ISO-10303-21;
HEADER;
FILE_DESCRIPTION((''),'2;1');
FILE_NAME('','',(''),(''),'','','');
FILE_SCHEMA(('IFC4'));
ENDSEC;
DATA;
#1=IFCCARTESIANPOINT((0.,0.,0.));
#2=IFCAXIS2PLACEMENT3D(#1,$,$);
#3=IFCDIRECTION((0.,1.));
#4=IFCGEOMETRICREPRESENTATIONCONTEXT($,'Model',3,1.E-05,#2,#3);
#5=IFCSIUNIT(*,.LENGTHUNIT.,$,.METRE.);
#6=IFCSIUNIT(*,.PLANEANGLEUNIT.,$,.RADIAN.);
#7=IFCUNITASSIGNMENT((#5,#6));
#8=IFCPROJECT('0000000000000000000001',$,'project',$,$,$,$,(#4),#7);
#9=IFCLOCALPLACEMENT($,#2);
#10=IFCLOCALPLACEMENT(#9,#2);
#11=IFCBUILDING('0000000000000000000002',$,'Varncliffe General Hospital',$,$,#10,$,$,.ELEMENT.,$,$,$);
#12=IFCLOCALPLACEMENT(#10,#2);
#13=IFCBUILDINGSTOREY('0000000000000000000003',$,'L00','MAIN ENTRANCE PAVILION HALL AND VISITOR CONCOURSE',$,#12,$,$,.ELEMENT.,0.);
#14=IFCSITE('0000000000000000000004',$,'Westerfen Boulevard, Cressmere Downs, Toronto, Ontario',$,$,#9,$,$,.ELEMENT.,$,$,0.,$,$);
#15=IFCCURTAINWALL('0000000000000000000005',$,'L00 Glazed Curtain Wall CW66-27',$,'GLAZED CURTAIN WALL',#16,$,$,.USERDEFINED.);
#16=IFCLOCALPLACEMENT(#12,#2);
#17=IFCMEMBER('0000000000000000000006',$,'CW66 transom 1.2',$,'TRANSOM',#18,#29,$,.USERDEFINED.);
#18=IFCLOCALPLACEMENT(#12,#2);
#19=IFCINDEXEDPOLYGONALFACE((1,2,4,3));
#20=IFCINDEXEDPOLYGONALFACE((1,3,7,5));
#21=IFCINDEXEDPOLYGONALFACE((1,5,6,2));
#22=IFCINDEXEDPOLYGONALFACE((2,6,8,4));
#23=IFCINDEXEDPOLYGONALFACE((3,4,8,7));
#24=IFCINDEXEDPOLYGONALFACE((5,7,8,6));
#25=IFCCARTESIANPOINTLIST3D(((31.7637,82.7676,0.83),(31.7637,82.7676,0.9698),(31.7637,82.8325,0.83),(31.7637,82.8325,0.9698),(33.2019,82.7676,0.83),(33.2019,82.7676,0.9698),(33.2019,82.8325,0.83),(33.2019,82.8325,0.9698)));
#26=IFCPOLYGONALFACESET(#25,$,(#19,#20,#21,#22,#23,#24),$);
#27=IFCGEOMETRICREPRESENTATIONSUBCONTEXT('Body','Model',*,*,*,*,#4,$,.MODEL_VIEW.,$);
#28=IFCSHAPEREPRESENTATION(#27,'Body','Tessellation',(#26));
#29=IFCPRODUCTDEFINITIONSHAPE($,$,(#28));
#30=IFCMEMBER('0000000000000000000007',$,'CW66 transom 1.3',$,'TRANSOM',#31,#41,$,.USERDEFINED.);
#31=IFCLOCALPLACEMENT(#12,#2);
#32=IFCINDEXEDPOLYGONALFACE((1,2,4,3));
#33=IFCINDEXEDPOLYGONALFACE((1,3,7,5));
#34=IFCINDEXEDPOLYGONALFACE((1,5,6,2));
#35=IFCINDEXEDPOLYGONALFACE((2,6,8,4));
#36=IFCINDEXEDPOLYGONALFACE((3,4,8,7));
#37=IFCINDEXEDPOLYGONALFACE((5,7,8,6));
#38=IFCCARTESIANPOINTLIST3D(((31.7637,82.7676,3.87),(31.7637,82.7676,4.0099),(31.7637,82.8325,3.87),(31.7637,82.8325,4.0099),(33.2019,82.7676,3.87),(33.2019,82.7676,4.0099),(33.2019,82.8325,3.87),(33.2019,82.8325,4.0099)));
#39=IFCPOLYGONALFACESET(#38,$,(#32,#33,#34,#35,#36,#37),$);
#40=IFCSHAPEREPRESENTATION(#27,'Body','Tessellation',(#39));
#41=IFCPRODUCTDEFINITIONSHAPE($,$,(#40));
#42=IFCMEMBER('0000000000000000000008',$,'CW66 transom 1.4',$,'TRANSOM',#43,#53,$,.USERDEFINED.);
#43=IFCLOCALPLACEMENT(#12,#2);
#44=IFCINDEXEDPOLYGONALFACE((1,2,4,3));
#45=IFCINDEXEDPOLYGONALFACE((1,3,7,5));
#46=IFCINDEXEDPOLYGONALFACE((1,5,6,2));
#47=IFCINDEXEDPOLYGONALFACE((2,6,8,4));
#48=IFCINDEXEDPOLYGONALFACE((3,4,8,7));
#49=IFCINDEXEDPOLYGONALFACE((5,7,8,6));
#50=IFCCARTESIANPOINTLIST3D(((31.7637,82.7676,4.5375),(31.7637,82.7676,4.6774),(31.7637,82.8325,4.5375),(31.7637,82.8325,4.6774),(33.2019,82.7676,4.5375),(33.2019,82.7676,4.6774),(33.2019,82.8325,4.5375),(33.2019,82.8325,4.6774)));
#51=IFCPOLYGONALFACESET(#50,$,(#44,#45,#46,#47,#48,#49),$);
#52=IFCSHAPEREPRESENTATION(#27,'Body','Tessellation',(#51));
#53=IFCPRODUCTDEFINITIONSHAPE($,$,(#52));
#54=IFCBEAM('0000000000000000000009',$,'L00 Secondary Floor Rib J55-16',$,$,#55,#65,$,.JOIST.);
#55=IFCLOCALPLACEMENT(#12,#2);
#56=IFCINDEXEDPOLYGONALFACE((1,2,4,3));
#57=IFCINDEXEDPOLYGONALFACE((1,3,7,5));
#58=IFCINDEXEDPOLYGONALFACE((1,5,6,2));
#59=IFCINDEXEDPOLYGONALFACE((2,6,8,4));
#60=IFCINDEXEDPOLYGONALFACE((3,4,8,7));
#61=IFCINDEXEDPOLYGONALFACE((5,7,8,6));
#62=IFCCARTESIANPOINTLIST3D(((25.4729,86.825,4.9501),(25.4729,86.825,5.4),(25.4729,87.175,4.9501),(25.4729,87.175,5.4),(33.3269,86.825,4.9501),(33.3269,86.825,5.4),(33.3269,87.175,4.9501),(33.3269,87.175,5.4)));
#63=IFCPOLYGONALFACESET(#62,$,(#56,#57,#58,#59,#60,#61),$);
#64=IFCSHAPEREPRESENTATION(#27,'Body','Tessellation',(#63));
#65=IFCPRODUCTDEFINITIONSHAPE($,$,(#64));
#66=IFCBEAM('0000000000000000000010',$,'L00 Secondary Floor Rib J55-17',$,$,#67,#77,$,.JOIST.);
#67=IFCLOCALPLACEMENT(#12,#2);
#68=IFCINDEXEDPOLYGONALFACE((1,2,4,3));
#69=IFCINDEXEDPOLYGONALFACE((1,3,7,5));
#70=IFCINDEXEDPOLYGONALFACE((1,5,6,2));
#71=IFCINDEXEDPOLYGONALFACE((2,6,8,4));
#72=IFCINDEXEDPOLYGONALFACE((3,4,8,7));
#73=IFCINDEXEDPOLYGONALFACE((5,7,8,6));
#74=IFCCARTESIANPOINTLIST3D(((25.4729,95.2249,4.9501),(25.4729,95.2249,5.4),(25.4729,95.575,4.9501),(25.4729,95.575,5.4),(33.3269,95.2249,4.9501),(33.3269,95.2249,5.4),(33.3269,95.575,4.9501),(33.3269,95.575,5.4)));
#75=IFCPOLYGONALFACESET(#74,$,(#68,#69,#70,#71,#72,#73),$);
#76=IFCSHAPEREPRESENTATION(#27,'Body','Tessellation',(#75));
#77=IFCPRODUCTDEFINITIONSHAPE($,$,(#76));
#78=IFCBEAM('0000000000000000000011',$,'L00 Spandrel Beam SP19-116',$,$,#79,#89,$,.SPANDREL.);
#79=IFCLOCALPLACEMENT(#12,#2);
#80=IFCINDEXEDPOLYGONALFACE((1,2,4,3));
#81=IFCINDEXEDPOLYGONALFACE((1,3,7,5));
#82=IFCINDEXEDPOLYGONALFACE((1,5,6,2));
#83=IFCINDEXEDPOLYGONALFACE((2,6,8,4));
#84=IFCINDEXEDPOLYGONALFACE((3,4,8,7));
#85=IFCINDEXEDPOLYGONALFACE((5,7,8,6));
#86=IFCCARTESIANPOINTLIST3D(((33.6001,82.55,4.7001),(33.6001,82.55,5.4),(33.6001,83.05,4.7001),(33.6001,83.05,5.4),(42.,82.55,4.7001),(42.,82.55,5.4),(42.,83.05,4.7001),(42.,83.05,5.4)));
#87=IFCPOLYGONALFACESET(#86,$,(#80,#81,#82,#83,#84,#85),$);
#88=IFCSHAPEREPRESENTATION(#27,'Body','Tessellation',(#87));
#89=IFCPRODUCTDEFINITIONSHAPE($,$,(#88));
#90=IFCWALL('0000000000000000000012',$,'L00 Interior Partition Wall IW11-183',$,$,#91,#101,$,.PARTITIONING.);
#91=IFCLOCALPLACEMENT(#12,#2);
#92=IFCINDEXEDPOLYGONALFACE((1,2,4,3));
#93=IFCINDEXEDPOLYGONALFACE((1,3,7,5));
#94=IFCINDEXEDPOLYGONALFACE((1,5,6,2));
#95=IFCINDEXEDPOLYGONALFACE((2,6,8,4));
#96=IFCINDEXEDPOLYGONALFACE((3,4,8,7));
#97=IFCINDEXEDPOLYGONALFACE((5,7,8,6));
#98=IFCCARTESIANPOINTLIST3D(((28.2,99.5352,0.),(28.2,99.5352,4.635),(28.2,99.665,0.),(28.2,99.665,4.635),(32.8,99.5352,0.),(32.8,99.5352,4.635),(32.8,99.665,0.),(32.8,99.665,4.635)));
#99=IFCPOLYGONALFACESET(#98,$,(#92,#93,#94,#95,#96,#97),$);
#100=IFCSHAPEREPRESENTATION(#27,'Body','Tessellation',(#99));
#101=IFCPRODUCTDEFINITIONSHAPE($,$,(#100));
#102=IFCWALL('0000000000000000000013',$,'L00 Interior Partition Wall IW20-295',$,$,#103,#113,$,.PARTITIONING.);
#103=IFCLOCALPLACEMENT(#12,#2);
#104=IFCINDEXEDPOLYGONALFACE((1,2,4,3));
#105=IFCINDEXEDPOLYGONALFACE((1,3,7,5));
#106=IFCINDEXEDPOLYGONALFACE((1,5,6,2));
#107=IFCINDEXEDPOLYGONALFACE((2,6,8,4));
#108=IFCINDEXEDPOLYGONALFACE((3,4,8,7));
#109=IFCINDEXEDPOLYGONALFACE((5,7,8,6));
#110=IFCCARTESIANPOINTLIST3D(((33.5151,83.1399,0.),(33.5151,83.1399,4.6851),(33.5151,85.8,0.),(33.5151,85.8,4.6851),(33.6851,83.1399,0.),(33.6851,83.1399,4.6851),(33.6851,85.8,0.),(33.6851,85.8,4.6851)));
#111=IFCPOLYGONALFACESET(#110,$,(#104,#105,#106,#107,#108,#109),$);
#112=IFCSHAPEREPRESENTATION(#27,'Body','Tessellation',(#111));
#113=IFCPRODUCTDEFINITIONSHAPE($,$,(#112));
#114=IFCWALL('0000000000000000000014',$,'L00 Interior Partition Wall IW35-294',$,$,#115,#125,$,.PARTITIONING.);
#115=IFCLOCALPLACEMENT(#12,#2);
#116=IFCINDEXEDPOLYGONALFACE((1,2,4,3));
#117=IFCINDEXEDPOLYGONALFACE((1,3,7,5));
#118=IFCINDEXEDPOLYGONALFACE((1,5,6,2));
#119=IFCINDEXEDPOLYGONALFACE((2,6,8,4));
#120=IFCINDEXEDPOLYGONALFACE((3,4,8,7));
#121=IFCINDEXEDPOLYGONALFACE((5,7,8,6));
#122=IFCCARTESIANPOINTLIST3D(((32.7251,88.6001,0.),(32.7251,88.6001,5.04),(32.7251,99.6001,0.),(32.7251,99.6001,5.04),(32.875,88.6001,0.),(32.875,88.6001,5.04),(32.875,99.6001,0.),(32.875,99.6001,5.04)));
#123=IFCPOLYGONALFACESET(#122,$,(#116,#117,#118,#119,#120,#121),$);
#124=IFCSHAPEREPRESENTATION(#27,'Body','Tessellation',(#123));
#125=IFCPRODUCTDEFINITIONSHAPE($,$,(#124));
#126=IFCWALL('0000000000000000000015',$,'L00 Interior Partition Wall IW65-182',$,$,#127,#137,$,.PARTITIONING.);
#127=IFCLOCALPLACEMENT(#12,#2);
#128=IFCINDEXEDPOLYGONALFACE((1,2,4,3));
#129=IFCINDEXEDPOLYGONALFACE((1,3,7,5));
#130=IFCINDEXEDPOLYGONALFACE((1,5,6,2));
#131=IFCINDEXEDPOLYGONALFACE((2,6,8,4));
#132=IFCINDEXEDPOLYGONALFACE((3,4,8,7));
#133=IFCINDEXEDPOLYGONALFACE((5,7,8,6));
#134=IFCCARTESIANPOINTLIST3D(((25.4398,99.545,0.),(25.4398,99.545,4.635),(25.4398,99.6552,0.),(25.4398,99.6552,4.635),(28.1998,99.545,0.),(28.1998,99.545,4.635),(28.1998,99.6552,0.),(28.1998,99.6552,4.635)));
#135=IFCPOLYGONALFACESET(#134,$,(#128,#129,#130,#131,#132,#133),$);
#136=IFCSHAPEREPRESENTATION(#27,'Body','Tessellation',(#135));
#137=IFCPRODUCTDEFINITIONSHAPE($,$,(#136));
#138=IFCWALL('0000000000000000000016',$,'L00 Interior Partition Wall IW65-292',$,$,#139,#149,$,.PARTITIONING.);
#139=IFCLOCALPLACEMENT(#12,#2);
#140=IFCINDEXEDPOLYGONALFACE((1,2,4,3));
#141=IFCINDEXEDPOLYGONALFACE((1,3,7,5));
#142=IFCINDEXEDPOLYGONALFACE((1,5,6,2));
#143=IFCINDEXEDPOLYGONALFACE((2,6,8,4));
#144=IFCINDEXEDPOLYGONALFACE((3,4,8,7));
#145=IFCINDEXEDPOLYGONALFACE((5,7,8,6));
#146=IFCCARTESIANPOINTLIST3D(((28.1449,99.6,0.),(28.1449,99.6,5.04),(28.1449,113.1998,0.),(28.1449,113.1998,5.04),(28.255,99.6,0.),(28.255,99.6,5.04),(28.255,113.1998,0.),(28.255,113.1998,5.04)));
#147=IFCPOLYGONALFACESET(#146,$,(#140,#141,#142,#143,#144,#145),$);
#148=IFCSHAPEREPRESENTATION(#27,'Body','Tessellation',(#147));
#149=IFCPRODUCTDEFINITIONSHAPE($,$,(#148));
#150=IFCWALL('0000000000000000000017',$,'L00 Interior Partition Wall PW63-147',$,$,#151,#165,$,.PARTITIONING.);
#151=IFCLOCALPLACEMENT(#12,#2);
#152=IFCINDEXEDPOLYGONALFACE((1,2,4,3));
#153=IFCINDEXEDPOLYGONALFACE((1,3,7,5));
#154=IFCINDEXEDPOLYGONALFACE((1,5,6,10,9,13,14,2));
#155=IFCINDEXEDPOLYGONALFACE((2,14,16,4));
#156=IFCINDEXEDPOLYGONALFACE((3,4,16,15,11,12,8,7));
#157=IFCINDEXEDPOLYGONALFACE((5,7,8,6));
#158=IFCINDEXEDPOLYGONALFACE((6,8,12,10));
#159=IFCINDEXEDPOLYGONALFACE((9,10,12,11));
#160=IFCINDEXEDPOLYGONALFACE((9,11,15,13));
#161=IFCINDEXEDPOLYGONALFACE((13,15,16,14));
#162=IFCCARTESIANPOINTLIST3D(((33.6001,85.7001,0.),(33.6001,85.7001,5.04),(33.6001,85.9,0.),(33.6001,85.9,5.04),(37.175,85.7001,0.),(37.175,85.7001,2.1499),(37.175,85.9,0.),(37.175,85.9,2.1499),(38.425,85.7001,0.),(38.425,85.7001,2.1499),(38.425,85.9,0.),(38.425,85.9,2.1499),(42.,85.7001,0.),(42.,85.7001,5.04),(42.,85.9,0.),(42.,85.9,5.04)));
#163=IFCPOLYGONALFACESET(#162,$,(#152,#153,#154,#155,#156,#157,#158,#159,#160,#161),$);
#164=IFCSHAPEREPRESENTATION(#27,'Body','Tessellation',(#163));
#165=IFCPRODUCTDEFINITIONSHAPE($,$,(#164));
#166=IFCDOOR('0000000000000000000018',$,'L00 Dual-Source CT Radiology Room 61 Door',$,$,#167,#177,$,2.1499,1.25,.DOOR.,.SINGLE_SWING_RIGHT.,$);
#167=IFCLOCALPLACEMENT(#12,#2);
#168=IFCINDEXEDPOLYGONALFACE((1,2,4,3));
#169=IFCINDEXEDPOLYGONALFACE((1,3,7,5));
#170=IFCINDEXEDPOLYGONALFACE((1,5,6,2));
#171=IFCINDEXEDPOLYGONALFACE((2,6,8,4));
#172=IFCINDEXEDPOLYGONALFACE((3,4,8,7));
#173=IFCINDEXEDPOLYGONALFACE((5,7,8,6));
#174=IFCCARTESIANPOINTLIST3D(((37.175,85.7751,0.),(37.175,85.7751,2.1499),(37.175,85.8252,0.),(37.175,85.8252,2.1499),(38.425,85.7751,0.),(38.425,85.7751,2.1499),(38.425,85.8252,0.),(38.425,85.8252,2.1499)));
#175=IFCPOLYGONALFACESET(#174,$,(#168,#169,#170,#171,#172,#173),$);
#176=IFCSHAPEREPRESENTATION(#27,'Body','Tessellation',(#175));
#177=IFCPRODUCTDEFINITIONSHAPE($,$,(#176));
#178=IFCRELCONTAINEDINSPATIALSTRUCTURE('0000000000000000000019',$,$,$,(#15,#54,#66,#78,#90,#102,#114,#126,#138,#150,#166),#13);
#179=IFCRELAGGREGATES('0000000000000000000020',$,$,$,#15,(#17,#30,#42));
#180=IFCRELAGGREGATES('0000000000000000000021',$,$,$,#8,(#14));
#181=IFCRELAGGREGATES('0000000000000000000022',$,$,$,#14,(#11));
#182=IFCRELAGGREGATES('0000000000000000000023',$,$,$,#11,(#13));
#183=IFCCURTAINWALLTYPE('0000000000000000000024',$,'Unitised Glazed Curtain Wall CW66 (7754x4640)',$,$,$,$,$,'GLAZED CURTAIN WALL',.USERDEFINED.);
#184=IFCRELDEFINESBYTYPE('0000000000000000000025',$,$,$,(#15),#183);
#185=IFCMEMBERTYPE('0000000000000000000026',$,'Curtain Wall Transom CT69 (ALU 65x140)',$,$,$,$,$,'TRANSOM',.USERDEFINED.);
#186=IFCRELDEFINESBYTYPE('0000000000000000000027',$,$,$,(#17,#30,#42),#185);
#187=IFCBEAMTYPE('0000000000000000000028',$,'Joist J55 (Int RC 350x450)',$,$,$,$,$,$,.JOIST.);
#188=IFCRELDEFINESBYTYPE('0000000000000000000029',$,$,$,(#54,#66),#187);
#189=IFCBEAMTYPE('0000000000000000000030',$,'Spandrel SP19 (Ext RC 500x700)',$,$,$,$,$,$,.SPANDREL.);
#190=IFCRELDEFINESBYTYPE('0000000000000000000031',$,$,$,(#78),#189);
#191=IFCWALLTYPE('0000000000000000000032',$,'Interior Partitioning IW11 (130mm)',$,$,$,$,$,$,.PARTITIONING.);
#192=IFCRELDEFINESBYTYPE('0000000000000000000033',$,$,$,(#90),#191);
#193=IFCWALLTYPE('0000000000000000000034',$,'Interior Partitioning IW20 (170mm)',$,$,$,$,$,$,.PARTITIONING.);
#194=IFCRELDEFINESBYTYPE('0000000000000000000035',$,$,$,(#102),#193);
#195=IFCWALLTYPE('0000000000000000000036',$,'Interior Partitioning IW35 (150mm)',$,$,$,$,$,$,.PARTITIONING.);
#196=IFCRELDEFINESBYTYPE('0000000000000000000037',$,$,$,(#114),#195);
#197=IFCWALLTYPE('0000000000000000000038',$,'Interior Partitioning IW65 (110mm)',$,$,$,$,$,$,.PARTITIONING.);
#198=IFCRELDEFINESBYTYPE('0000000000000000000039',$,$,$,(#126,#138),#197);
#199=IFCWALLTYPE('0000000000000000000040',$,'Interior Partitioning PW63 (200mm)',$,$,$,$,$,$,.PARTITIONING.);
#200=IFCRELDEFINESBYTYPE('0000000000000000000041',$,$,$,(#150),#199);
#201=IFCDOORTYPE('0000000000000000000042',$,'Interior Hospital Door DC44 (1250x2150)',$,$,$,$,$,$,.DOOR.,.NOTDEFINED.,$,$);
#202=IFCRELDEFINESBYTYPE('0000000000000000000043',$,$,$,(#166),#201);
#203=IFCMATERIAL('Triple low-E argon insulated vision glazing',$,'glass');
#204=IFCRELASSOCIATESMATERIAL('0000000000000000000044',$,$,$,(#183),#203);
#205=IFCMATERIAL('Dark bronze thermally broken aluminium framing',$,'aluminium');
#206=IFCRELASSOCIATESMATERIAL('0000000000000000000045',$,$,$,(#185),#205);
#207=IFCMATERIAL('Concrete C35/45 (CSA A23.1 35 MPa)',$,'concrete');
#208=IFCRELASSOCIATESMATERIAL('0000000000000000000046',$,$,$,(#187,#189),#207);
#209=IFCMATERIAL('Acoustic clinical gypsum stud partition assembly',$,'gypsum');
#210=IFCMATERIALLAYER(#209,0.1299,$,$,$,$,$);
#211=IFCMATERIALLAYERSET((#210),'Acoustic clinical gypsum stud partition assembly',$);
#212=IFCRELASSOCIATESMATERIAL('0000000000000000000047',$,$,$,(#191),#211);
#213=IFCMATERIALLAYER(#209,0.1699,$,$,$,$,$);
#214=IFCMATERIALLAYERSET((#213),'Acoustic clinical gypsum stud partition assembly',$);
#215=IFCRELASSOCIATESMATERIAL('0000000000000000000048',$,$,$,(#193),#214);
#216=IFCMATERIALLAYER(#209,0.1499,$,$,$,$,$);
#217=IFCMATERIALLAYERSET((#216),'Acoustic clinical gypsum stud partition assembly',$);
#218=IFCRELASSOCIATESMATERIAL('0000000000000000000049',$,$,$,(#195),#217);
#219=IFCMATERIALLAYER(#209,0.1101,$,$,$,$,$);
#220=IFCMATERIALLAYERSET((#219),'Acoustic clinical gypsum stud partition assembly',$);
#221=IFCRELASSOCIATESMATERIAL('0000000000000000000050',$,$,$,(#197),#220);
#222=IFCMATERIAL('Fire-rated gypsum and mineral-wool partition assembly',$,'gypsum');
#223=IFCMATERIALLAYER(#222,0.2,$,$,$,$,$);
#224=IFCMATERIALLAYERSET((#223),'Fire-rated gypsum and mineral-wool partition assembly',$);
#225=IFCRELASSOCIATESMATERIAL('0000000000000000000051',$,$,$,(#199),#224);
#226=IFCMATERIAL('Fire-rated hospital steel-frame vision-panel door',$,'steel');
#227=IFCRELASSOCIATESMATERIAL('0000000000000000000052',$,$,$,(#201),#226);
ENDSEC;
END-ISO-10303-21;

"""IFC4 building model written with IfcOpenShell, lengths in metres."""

from ifc_helpers import new_model, si_unit, direction, frame, frame_2d, origin, origin_2d, place, context, subcontext, project, spatial, rectangle, extrude, material, layer, layer_set, material_profile, profile_set, type_object, element, fill, aggregate, save


model = new_model("IFC4")

# Units and contexts
model_context = context("Model", 3, precision=1e-05, world=origin(), true_north=direction((0.0, 1.0)))
body_context = subcontext(model_context, "Body", "Model", "MODEL_VIEW")
ifc_project = project(units=[si_unit("LENGTHUNIT", "METRE"), si_unit("PLANEANGLEUNIT", "RADIAN")], contexts=[model_context])

# Site, building, storey
site_placement = place(None, origin())
site = spatial("IfcSite", under=ifc_project, at=site_placement, Name="Westerfen Boulevard, Cressmere Downs, Toronto, Ontario", CompositionType="ELEMENT", RefElevation=0.0)
building_placement = place(site_placement, origin())
building = spatial("IfcBuilding", under=site, at=building_placement, Name="Varncliffe General Hospital", CompositionType="ELEMENT")
storey_placement = place(building_placement, origin())
storey = spatial("IfcBuildingStorey", under=building, at=storey_placement, Name="L00", Description="MAIN ENTRANCE PAVILION HALL AND VISITOR CONCOURSE", CompositionType="ELEMENT", Elevation=0.0)

# Shared definitions
ifc_material_1 = material(Name="Concrete C35/45 (CSA A23.1 35 MPa)", Category="concrete")

# Curtain wall, members
ifc_material_2 = material(Name="Triple low-E argon insulated vision glazing", Category="glass")
curtain_wall_type = type_object("IfcCurtainWallType", Name="Unitised Glazed Curtain Wall CW66 (7754x4640)", ElementType="GLAZED CURTAIN WALL", PredefinedType="USERDEFINED", material=ifc_material_2)
curtain_wall_placement = place(storey_placement, origin())
curtain_wall = element("IfcCurtainWall", 1, at=curtain_wall_placement, inside=storey, type_object=curtain_wall_type, Name="L00 Glazed Curtain Wall CW66-27", ObjectType="GLAZED CURTAIN WALL", PredefinedType="USERDEFINED")
ifc_material_3 = material(Name="Dark bronze thermally broken aluminium framing", Category="aluminium")
ifc_material_profile_1 = material_profile(ifc_material_3, rectangle(XDim=0.0649, YDim=0.1399, at=origin_2d()), Name="ALU 65x140")
ifc_profile_set_1 = profile_set([ifc_material_profile_1], Name="Dark bronze thermally broken aluminium framing")
member_type_1 = type_object("IfcMemberType", Name="Curtain Wall Transom CT69 (ALU 65x140)", ElementType="TRANSOM", PredefinedType="USERDEFINED", material=ifc_profile_set_1)
member_1_placement = place(storey_placement, frame((33.2019, 82.8, 0.8999), z_axis=(-1.0, 0.0, 0.0), x_axis=(0.0, -1.0, 0.0)))
member_1 = element("IfcMember", 2, at=member_1_placement, type_object=member_type_1, Name="CW66 transom 1.2", ObjectType="TRANSOM", PredefinedType="USERDEFINED", context=body_context, shape_type="SweptSolid", body=[
    extrude(rectangle(XDim=0.0649, YDim=0.1399, at=origin_2d()), origin(), (0.0, 0.0, 1.0), 1.4382),
])
member_2_placement = place(storey_placement, frame((33.2019, 82.8, 3.9399), z_axis=(-1.0, 0.0, 0.0), x_axis=(0.0, -1.0, 0.0)))
member_2 = element("IfcMember", 3, at=member_2_placement, type_object=member_type_1, Name="CW66 transom 1.3", ObjectType="TRANSOM", PredefinedType="USERDEFINED", context=body_context, shape_type="SweptSolid", body=[
    extrude(rectangle(XDim=0.0649, YDim=0.1399, at=origin_2d()), origin(), (0.0, 0.0, 1.0), 1.4382),
])
member_3_placement = place(storey_placement, frame((33.2019, 82.8, 4.6074), z_axis=(-1.0, 0.0, 0.0), x_axis=(0.0, -1.0, 0.0)))
member_3 = element("IfcMember", 4, at=member_3_placement, type_object=member_type_1, Name="CW66 transom 1.4", ObjectType="TRANSOM", PredefinedType="USERDEFINED", context=body_context, shape_type="SweptSolid", body=[
    extrude(rectangle(XDim=0.0649, YDim=0.1399, at=origin_2d()), origin(), (0.0, 0.0, 1.0), 1.4382),
])
aggregate(curtain_wall, [member_1, member_2, member_3])

# Beams
ifc_material_profile_2 = material_profile(ifc_material_1, rectangle(XDim=0.3501, YDim=0.45, at=origin_2d()), Name="RC 350x450")
ifc_profile_set_2 = profile_set([ifc_material_profile_2], Name="Concrete C35/45 (CSA A23.1 35 MPa)")
beam_type_1 = type_object("IfcBeamType", Name="Joist J55 (Int RC 350x450)", PredefinedType="JOIST", material=ifc_profile_set_2)
for number, where, z_axis, x_axis, name in (
    (5, (25.4729, 87.0, 5.175), (1.0, 0.0, 0.0), (0.0, 1.0, 0.0), "L00 Secondary Floor Rib J55-16"),
    (6, (25.4729, 95.3999, 5.175), (1.0, 0.0, 0.0), (0.0, 1.0, 0.0), "L00 Secondary Floor Rib J55-17"),
):
    element("IfcBeam", number, at=place(storey_placement, frame(where, z_axis=z_axis, x_axis=x_axis)), inside=storey, type_object=beam_type_1, Name=name, PredefinedType="JOIST", context=body_context, shape_type="SweptSolid", body=[
        extrude(rectangle(XDim=0.3501, YDim=0.45, at=origin_2d()), origin(), (0.0, 0.0, 1.0), 7.854),
    ])
ifc_material_profile_3 = material_profile(ifc_material_1, rectangle(XDim=0.5, YDim=0.7, at=origin_2d()), Name="RC 500x700")
ifc_profile_set_3 = profile_set([ifc_material_profile_3], Name="Concrete C35/45 (CSA A23.1 35 MPa)")
beam_type_2 = type_object("IfcBeamType", Name="Spandrel SP19 (Ext RC 500x700)", PredefinedType="SPANDREL", material=ifc_profile_set_3)
beam_1_placement = place(storey_placement, frame((33.6001, 82.8, 5.05), z_axis=(1.0, 0.0, 0.0), x_axis=(0.0, 1.0, 0.0)))
element("IfcBeam", 7, at=beam_1_placement, inside=storey, type_object=beam_type_2, Name="L00 Spandrel Beam SP19-116", PredefinedType="SPANDREL", context=body_context, shape_type="SweptSolid", body=[
    extrude(rectangle(XDim=0.5, YDim=0.7, at=origin_2d()), origin(), (0.0, 0.0, 1.0), 8.3999),
])

# Walls
ifc_material_4 = material(Name="Acoustic clinical gypsum stud partition assembly", Category="gypsum")
ifc_layer_1 = layer(ifc_material_4, 0.1299)
ifc_layer_set_1 = layer_set([ifc_layer_1], Name="Acoustic clinical gypsum stud partition assembly")
wall_type_1 = type_object("IfcWallType", Name="Interior Partitioning IW11 (130mm)", PredefinedType="PARTITIONING", material=ifc_layer_set_1)
wall_1_placement = place(storey_placement, frame((28.2, 99.6001, 0.0), z_axis=(0.0, 0.0, 1.0), x_axis=(1.0, 0.0, 0.0)))
element("IfcWall", 8, at=wall_1_placement, inside=storey, type_object=wall_type_1, Name="L00 Interior Partition Wall IW11-183", PredefinedType="PARTITIONING", context=body_context, shape_type="SweptSolid", body=[
    extrude(rectangle(XDim=4.6001, YDim=0.1299, at=frame_2d((2.3, 0.0))), origin(), (0.0, 0.0, 1.0), 4.635),
])
ifc_layer_2 = layer(ifc_material_4, 0.1699)
ifc_layer_set_2 = layer_set([ifc_layer_2], Name="Acoustic clinical gypsum stud partition assembly")
wall_type_2 = type_object("IfcWallType", Name="Interior Partitioning IW20 (170mm)", PredefinedType="PARTITIONING", material=ifc_layer_set_2)
wall_2_placement = place(storey_placement, frame((33.6001, 83.1399, 0.0), z_axis=(0.0, 0.0, 1.0), x_axis=(0.0, 1.0, 0.0)))
element("IfcWall", 9, at=wall_2_placement, inside=storey, type_object=wall_type_2, Name="L00 Interior Partition Wall IW20-295", PredefinedType="PARTITIONING", context=body_context, shape_type="SweptSolid", body=[
    extrude(rectangle(XDim=2.6602, YDim=0.1699, at=frame_2d((1.3301, 0.0))), origin(), (0.0, 0.0, 1.0), 4.6851),
])
ifc_layer_3 = layer(ifc_material_4, 0.1499)
ifc_layer_set_3 = layer_set([ifc_layer_3], Name="Acoustic clinical gypsum stud partition assembly")
wall_type_3 = type_object("IfcWallType", Name="Interior Partitioning IW35 (150mm)", PredefinedType="PARTITIONING", material=ifc_layer_set_3)
wall_3_placement = place(storey_placement, frame((32.8, 88.6001, 0.0), z_axis=(0.0, 0.0, 1.0), x_axis=(0.0, 1.0, 0.0)))
element("IfcWall", 10, at=wall_3_placement, inside=storey, type_object=wall_type_3, Name="L00 Interior Partition Wall IW35-294", PredefinedType="PARTITIONING", context=body_context, shape_type="SweptSolid", body=[
    extrude(rectangle(XDim=11.0, YDim=0.1499, at=frame_2d((5.5, 0.0))), origin(), (0.0, 0.0, 1.0), 5.04),
])
ifc_layer_4 = layer(ifc_material_4, 0.1101)
ifc_layer_set_4 = layer_set([ifc_layer_4], Name="Acoustic clinical gypsum stud partition assembly")
wall_type_4 = type_object("IfcWallType", Name="Interior Partitioning IW65 (110mm)", PredefinedType="PARTITIONING", material=ifc_layer_set_4)
wall_4_placement = place(storey_placement, frame((25.4399, 99.6001, 0.0), z_axis=(0.0, 0.0, 1.0), x_axis=(1.0, 0.0, 0.0)))
element("IfcWall", 11, at=wall_4_placement, inside=storey, type_object=wall_type_4, Name="L00 Interior Partition Wall IW65-182", PredefinedType="PARTITIONING", context=body_context, shape_type="SweptSolid", body=[
    extrude(rectangle(XDim=2.76, YDim=0.1101, at=frame_2d((1.3799, 0.0))), origin(), (0.0, 0.0, 1.0), 4.635),
])
wall_5_placement = place(storey_placement, frame((28.2, 99.6001, 0.0), z_axis=(0.0, 0.0, 1.0), x_axis=(0.0, 1.0, 0.0)))
element("IfcWall", 12, at=wall_5_placement, inside=storey, type_object=wall_type_4, Name="L00 Interior Partition Wall IW65-292", PredefinedType="PARTITIONING", context=body_context, shape_type="SweptSolid", body=[
    extrude(rectangle(XDim=13.5999, YDim=0.1101, at=frame_2d((6.7998, 0.0))), origin(), (0.0, 0.0, 1.0), 5.04),
])

# Wall, opening, door
ifc_material_5 = material(Name="Fire-rated gypsum and mineral-wool partition assembly", Category="gypsum")
ifc_layer_5 = layer(ifc_material_5, 0.2)
ifc_layer_set_5 = layer_set([ifc_layer_5], Name="Fire-rated gypsum and mineral-wool partition assembly")
wall_type_5 = type_object("IfcWallType", Name="Interior Partitioning PW63 (200mm)", PredefinedType="PARTITIONING", material=ifc_layer_set_5)
wall_6_placement = place(storey_placement, frame((33.6001, 85.8, 0.0), z_axis=(0.0, 0.0, 1.0), x_axis=(1.0, 0.0, 0.0)))
wall_6 = element("IfcWall", 13, at=wall_6_placement, inside=storey, type_object=wall_type_5, Name="L00 Interior Partition Wall PW63-147", PredefinedType="PARTITIONING", context=body_context, shape_type="SweptSolid", body=[
    extrude(rectangle(XDim=8.3999, YDim=0.2, at=frame_2d((4.2, 0.0))), origin(), (0.0, 0.0, 1.0), 5.04),
])
opening_placement = place(wall_6_placement, frame((3.575, 0.0, 0.0)))
opening = element("IfcOpeningElement", 14, at=opening_placement, cuts=wall_6, PredefinedType="OPENING", context=body_context, shape_type="SweptSolid", body=[
    extrude(rectangle(XDim=1.25, YDim=2.1499, at=frame_2d((0.625, 1.075))), frame((0.0, 0.1099, 0.0), z_axis=(0.0, -1.0, 0.0), x_axis=(1.0, 0.0, 0.0)), (0.0, 0.0, 1.0), 0.22),
])
ifc_material_6 = material(Name="Fire-rated hospital steel-frame vision-panel door", Category="steel")
door_type = type_object("IfcDoorType", Name="Interior Hospital Door DC44 (1250x2150)", OperationType="NOTDEFINED", PredefinedType="DOOR", material=ifc_material_6)
door_placement = place(opening_placement, frame((1.25, 0.0, 0.0), z_axis=(0.0, 0.0, 1.0), x_axis=(-1.0, 0.0, 0.0)))
door = element("IfcDoor", 15, at=door_placement, inside=storey, type_object=door_type, Name="L00 Dual-Source CT Radiology Room 61 Door", OperationType="SINGLE_SWING_RIGHT", OverallHeight=2.1499, OverallWidth=1.25, PredefinedType="DOOR", context=body_context, shape_type="SweptSolid", body=[
    extrude(rectangle(XDim=1.25, YDim=2.1499, at=frame_2d((0.625, 1.075))), frame((0.0, 0.0249, 0.0), z_axis=(0.0, -1.0, 0.0), x_axis=(1.0, 0.0, 0.0)), (0.0, 0.0, 1.0), 0.05),
])
fill(opening, door)

save(model, "model.ifc")
